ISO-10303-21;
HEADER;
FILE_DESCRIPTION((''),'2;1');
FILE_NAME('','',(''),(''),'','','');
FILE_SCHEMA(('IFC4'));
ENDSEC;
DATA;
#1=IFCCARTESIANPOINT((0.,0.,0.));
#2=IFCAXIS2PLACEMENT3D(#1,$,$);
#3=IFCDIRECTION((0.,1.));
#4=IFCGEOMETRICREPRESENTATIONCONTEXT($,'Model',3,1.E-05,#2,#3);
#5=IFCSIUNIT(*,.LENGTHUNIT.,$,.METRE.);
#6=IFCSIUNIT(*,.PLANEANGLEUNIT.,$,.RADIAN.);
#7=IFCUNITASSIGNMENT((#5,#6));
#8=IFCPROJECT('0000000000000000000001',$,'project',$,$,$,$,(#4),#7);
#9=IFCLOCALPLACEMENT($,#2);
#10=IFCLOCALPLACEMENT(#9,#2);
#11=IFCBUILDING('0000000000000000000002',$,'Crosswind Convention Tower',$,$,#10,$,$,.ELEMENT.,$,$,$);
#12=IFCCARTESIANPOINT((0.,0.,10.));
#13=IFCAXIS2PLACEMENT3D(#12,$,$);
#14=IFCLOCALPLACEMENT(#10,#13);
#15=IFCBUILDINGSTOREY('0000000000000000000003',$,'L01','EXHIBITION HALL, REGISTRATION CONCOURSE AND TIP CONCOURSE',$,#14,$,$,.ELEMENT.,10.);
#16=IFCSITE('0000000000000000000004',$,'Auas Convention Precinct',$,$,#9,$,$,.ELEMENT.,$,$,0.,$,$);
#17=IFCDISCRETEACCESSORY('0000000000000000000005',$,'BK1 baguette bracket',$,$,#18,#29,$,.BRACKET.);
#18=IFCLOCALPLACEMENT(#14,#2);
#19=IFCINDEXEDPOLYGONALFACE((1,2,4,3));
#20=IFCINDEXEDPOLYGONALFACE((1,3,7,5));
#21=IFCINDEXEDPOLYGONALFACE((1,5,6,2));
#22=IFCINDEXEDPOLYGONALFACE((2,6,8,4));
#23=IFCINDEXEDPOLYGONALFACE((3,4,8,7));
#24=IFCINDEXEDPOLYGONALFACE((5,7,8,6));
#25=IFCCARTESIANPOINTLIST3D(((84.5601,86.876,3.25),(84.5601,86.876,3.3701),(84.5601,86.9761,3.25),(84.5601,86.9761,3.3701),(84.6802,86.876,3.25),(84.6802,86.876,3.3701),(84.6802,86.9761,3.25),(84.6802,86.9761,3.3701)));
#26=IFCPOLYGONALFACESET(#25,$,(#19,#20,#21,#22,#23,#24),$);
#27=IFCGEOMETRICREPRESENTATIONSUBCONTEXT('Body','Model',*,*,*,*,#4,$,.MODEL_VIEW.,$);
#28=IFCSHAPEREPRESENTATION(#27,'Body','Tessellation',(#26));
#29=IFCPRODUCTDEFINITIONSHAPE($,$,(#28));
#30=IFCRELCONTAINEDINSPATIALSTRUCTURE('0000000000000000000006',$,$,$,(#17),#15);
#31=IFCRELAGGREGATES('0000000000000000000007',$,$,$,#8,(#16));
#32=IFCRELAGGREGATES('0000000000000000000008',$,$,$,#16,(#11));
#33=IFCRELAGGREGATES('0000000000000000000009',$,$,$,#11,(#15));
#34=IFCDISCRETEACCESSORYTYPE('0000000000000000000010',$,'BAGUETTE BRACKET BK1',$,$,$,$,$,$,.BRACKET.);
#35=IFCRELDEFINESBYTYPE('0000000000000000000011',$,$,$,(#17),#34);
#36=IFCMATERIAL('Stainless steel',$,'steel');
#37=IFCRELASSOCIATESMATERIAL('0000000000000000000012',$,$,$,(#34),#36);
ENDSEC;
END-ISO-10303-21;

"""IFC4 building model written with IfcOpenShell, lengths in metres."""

from ifc_helpers import new_model, si_unit, direction, frame, origin, origin_2d, place, context, subcontext, project, spatial, rectangle, extrude, material, type_object, element, save


model = new_model("IFC4")

# Units and contexts
model_context = context("Model", 3, precision=1e-05, world=origin(), true_north=direction((0.0, 1.0)))
body_context = subcontext(model_context, "Body", "Model", "MODEL_VIEW")
ifc_project = project(units=[si_unit("LENGTHUNIT", "METRE"), si_unit("PLANEANGLEUNIT", "RADIAN")], contexts=[model_context])

# Site, building, storey
site_placement = place(None, origin())
site = spatial("IfcSite", under=ifc_project, at=site_placement, Name="Auas Convention Precinct", CompositionType="ELEMENT", RefElevation=0.0)
building_placement = place(site_placement, origin())
building = spatial("IfcBuilding", under=site, at=building_placement, Name="Crosswind Convention Tower", CompositionType="ELEMENT")
storey_placement = place(building_placement, frame((0.0, 0.0, 10.0)))
storey = spatial("IfcBuildingStorey", under=building, at=storey_placement, Name="L01", Description="EXHIBITION HALL, REGISTRATION CONCOURSE AND TIP CONCOURSE", CompositionType="ELEMENT", Elevation=10.0)

# Shared definitions
ifc_material_1 = material(Name="Stainless steel", Category="steel")

# Discrete accessory
discrete_accessory_type = type_object("IfcDiscreteAccessoryType", Name="BAGUETTE BRACKET BK1", PredefinedType="BRACKET", material=ifc_material_1)
discrete_accessory_placement = place(storey_placement, frame((84.6201, 86.926, 3.25), z_axis=(0.0, 0.0, 1.0), x_axis=(1.0, 0.0, 0.0)))
element("IfcDiscreteAccessory", 1, at=discrete_accessory_placement, inside=storey, type_object=discrete_accessory_type, Name="BK1 baguette bracket", PredefinedType="BRACKET", context=body_context, shape_type="SweptSolid", body=[
    extrude(rectangle(XDim=0.1201, YDim=0.1001, at=origin_2d()), origin(), (0.0, 0.0, 1.0), 0.1201),
])

save(model, "model.ifc")
